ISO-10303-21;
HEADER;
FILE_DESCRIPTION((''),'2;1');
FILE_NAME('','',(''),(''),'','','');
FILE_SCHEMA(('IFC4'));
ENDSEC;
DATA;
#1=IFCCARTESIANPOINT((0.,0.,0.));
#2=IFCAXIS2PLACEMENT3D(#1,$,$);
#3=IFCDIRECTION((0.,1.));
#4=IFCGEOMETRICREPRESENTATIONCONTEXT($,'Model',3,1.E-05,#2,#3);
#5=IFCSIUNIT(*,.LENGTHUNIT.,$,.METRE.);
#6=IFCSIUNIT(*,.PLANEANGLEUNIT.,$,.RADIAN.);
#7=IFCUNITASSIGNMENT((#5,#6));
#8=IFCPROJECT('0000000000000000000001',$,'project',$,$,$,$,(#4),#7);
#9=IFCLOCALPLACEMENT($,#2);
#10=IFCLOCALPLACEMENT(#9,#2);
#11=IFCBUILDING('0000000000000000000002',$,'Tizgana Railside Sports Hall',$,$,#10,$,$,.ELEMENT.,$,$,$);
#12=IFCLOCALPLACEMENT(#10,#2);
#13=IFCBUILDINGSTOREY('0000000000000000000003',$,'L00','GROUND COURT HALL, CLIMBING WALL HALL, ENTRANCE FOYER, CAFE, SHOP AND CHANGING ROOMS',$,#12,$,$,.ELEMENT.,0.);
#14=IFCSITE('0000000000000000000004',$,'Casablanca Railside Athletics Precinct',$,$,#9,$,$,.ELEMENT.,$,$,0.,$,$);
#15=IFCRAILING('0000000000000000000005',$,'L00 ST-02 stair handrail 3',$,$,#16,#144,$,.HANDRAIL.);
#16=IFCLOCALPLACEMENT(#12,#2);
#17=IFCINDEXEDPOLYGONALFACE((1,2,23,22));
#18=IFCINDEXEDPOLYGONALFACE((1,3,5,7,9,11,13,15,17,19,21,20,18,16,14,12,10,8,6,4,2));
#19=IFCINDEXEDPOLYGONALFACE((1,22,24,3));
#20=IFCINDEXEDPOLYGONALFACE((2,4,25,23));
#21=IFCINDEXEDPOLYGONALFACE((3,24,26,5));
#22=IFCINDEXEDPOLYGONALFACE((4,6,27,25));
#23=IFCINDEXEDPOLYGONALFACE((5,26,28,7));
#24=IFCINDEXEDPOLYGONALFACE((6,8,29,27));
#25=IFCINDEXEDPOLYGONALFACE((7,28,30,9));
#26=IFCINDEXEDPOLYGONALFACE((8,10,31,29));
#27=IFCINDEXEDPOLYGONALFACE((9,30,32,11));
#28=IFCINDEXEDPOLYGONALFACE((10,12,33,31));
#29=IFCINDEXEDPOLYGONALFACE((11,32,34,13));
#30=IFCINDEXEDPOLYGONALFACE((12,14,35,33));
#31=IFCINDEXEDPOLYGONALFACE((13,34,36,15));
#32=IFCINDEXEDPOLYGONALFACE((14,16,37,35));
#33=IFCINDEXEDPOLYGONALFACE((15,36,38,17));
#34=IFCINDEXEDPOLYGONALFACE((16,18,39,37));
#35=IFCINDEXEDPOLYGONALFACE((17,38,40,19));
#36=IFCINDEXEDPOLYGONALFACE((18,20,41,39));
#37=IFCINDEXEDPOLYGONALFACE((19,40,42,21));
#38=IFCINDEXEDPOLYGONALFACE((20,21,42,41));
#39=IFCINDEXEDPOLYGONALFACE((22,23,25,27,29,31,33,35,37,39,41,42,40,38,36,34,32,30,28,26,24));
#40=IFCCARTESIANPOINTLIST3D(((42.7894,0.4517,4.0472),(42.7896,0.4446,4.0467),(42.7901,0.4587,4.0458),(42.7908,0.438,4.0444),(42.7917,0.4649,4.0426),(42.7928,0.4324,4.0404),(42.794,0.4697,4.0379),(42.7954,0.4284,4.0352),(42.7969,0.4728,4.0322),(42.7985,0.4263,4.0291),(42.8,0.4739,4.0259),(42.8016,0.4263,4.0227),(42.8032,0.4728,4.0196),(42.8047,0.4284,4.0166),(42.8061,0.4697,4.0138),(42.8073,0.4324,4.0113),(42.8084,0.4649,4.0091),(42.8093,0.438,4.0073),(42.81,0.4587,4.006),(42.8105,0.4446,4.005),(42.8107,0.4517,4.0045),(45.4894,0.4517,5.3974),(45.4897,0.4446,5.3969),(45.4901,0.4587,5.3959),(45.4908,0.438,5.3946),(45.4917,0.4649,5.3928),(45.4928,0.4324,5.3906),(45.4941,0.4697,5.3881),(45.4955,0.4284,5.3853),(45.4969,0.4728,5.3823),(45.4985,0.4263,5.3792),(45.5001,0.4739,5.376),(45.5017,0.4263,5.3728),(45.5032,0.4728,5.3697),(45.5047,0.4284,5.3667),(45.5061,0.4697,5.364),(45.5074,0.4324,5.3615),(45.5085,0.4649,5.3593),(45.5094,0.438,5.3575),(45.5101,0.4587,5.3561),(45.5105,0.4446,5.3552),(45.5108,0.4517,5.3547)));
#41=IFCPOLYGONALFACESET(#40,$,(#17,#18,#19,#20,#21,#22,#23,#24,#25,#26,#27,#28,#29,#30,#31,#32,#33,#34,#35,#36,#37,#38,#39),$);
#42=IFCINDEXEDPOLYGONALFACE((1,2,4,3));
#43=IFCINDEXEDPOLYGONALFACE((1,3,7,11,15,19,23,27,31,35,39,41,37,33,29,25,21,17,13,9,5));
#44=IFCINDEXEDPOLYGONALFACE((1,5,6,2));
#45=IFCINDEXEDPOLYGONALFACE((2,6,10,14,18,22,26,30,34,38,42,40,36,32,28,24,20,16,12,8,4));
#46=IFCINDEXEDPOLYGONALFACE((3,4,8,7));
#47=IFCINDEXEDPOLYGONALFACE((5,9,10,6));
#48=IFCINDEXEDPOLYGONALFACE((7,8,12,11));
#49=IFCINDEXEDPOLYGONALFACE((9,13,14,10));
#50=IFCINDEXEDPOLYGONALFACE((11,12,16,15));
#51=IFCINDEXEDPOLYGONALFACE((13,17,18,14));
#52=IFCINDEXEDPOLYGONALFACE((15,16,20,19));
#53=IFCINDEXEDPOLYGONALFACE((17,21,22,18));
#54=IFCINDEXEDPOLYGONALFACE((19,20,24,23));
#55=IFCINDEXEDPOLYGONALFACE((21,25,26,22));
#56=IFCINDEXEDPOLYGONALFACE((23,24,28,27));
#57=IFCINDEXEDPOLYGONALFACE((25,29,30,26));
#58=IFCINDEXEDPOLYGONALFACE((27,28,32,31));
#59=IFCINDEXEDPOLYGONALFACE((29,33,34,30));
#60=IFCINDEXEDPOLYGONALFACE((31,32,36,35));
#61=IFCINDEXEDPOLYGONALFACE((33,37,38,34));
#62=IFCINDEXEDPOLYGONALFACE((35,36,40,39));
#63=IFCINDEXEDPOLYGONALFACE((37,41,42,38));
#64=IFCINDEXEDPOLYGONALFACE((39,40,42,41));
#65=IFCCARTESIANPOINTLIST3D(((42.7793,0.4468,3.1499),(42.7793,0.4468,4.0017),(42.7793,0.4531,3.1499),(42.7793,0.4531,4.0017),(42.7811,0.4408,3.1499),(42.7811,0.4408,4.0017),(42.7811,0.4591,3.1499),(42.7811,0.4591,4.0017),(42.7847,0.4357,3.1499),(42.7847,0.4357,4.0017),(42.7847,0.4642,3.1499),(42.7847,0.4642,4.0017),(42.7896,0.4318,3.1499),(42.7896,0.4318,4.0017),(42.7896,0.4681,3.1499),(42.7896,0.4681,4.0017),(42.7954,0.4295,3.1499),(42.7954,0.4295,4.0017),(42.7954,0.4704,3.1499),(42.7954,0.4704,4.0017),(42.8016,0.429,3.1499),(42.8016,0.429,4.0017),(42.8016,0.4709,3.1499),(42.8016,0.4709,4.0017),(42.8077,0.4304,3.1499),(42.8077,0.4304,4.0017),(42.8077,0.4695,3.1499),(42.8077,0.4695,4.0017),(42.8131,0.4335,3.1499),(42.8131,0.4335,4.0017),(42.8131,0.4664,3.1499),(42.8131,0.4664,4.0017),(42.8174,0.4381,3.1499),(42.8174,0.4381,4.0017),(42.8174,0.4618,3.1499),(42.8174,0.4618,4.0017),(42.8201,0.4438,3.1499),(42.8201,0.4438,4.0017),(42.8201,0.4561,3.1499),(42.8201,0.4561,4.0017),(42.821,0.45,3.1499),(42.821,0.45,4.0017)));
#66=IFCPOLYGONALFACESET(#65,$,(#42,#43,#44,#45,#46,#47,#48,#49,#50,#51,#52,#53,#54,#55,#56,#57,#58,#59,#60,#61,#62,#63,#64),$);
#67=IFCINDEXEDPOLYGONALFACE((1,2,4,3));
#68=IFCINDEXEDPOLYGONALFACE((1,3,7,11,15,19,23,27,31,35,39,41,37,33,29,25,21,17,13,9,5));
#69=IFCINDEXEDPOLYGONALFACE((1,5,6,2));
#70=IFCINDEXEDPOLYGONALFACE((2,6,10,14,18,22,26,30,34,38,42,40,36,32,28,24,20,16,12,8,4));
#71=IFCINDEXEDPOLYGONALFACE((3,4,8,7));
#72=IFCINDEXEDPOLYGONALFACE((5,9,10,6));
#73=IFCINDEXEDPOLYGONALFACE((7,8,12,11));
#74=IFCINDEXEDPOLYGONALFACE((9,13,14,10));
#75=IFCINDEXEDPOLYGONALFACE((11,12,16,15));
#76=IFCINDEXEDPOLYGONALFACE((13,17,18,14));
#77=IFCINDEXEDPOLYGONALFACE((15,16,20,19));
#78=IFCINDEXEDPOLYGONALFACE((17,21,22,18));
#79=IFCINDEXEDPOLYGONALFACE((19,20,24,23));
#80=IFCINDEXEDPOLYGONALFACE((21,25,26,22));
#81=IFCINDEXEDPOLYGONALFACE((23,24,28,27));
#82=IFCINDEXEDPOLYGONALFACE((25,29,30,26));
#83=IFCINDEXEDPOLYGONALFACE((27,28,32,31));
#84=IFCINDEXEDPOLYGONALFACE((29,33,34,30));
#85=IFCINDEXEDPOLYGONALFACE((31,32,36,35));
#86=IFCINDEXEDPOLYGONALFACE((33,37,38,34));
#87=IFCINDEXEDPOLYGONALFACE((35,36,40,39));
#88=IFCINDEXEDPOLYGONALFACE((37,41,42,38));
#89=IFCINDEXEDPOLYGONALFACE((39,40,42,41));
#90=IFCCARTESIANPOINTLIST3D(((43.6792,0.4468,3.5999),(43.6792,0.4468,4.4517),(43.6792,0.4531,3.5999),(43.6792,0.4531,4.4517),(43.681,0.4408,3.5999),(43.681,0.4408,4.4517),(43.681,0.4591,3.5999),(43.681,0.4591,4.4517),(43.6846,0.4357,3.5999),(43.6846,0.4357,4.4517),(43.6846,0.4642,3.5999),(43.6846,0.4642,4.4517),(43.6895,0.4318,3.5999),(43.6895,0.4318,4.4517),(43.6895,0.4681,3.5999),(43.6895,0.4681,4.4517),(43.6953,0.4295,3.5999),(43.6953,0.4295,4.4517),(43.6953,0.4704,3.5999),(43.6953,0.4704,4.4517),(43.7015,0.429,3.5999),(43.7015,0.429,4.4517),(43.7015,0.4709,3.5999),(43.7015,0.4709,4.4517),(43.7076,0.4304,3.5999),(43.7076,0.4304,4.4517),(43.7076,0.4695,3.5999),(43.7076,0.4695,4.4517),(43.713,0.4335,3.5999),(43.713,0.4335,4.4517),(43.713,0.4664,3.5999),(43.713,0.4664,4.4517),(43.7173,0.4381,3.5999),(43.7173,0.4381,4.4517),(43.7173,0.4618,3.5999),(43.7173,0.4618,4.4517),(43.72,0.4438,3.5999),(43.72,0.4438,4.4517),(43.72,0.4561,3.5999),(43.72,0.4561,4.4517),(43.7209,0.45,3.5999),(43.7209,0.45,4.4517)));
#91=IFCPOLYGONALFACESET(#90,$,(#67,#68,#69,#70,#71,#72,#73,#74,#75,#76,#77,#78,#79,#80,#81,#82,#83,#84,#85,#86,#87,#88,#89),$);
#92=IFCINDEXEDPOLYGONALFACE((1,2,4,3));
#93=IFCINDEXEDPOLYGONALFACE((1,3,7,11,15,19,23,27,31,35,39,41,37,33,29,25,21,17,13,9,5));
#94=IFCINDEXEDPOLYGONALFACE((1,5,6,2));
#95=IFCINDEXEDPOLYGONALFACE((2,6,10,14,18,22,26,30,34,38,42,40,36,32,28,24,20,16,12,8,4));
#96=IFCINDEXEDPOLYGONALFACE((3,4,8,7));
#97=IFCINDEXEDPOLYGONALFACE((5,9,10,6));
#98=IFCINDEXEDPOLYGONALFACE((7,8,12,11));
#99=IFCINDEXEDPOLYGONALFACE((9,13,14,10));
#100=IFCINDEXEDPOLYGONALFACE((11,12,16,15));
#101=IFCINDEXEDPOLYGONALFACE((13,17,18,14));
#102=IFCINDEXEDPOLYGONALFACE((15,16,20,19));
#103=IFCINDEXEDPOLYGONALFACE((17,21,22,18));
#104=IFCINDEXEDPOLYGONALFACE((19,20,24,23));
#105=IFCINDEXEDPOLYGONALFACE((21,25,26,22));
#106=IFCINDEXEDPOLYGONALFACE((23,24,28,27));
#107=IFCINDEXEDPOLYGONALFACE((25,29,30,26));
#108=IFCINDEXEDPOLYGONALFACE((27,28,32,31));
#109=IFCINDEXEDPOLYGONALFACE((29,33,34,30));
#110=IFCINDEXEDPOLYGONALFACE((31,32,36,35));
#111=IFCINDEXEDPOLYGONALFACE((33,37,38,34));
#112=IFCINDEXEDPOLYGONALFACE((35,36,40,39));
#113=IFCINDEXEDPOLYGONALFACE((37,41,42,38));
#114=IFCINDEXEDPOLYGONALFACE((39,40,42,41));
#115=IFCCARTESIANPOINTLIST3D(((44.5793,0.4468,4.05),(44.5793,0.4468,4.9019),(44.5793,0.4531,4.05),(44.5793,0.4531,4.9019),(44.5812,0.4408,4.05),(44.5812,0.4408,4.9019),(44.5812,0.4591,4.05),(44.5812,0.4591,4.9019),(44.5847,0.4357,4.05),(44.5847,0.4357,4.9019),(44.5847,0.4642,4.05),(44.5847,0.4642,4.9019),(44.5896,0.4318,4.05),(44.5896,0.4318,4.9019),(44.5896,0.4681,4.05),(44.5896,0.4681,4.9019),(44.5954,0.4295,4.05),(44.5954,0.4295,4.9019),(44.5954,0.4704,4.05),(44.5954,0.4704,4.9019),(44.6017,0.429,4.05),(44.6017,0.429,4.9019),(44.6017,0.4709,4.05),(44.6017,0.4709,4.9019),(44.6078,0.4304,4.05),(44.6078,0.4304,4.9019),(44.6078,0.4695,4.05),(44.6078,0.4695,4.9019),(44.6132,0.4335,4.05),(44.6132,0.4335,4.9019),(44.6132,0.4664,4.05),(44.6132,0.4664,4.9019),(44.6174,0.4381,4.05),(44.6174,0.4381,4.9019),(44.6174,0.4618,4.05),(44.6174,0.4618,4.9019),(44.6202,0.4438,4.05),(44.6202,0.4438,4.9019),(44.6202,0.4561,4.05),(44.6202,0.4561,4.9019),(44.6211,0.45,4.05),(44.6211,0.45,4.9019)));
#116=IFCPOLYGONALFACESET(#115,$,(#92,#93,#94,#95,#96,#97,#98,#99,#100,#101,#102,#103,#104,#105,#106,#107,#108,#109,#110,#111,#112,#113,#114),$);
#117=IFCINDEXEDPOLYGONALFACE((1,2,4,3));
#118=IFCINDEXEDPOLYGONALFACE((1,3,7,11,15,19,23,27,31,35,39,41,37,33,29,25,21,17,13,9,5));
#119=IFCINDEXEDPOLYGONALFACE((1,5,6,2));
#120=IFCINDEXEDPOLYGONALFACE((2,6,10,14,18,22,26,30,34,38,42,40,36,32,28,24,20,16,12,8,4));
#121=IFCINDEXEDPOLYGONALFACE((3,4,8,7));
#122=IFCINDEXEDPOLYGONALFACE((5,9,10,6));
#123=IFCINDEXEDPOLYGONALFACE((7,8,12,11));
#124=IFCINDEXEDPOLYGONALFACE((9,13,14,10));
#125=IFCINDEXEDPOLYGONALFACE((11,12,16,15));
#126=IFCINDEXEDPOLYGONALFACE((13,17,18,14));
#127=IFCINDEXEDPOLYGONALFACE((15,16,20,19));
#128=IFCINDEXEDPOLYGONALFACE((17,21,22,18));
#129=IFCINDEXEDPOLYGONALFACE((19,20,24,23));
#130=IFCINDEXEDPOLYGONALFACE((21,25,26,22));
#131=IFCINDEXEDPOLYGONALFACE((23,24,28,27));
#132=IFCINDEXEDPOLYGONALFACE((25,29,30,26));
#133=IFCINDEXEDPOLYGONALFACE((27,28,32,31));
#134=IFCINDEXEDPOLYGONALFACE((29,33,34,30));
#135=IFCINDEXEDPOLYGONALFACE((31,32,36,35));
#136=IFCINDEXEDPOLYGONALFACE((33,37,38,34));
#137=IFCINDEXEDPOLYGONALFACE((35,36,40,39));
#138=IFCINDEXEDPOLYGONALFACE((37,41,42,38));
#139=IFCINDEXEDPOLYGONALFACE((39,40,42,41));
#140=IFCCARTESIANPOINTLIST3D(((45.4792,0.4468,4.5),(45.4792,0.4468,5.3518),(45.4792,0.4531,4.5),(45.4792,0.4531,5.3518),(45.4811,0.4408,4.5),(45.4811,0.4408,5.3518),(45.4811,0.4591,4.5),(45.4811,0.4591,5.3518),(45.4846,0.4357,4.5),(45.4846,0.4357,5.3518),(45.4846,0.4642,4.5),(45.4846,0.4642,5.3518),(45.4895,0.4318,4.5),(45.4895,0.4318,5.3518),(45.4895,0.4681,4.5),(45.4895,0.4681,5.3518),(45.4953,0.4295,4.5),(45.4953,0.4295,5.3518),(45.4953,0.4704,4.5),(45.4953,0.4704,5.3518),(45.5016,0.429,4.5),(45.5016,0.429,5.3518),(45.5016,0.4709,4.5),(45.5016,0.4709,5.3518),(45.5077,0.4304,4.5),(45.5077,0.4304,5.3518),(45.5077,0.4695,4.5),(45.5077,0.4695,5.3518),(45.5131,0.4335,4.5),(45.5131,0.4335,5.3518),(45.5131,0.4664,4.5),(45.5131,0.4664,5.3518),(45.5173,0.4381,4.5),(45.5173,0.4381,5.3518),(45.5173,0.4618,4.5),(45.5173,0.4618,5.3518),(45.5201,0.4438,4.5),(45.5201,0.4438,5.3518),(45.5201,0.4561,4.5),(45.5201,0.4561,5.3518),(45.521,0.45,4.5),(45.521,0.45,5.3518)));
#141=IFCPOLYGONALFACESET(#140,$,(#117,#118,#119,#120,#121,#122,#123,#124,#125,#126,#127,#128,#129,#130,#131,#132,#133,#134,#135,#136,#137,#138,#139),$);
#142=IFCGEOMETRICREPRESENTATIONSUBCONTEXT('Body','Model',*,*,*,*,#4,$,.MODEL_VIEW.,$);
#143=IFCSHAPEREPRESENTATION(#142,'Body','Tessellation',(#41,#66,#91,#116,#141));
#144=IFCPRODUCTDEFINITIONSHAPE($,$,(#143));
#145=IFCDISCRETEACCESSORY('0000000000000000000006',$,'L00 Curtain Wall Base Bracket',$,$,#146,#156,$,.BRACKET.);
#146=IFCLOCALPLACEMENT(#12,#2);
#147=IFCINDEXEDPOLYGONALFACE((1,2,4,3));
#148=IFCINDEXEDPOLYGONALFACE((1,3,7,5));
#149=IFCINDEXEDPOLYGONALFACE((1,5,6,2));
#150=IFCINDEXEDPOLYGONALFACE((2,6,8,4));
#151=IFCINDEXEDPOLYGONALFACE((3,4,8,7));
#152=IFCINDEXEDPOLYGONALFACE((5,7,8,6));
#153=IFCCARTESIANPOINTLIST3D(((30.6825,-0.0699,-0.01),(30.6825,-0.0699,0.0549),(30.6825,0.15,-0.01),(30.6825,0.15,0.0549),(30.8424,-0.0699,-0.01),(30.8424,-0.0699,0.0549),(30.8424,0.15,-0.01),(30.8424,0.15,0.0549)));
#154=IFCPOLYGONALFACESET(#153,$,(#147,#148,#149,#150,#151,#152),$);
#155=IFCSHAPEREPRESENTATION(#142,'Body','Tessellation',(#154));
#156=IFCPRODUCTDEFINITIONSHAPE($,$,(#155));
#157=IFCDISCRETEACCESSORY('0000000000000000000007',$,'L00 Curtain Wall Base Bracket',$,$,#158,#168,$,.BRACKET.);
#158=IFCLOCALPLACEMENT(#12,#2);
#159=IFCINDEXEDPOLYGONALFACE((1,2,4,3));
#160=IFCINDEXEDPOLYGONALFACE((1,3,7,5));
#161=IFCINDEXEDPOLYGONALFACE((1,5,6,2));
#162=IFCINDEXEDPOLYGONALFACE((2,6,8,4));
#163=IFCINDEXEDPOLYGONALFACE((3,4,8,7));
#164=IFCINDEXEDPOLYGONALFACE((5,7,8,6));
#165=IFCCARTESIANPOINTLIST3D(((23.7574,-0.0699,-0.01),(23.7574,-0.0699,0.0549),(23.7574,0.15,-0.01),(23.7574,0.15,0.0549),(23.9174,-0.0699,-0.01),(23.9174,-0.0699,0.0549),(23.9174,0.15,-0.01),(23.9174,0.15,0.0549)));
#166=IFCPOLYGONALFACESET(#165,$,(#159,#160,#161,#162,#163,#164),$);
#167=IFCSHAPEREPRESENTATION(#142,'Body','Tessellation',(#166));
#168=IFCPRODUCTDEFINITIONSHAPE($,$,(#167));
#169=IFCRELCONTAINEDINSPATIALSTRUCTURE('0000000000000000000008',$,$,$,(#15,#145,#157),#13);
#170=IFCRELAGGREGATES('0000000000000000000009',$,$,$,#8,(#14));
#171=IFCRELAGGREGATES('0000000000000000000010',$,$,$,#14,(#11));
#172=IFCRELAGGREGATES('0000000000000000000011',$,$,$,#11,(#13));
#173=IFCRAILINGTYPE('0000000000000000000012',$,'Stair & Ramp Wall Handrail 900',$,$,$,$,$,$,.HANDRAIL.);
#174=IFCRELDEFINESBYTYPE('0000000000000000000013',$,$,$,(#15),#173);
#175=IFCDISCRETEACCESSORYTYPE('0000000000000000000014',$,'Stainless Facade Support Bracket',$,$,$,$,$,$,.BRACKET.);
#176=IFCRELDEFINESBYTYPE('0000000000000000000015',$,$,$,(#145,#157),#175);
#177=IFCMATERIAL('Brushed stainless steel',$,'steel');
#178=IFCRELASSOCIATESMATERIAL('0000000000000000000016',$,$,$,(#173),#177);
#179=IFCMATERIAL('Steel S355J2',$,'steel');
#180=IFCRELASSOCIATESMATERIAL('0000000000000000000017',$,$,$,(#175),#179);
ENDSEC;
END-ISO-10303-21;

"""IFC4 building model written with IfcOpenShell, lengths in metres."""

from ifc_helpers import new_model, si_unit, direction, frame, origin, origin_2d, place, context, subcontext, project, spatial, rectangle, circle, extrude, material, type_object, element, save


model = new_model("IFC4")

# Units and contexts
model_context = context("Model", 3, precision=1e-05, world=origin(), true_north=direction((0.0, 1.0)))
body_context = subcontext(model_context, "Body", "Model", "MODEL_VIEW")
ifc_project = project(units=[si_unit("LENGTHUNIT", "METRE"), si_unit("PLANEANGLEUNIT", "RADIAN")], contexts=[model_context])

# Site, building, storey
site_placement = place(None, origin())
site = spatial("IfcSite", under=ifc_project, at=site_placement, Name="Casablanca Railside Athletics Precinct", CompositionType="ELEMENT", RefElevation=0.0)
building_placement = place(site_placement, origin())
building = spatial("IfcBuilding", under=site, at=building_placement, Name="Tizgana Railside Sports Hall", CompositionType="ELEMENT")
storey_placement = place(building_placement, origin())
storey = spatial("IfcBuildingStorey", under=building, at=storey_placement, Name="L00", Description="GROUND COURT HALL, CLIMBING WALL HALL, ENTRANCE FOYER, CAFE, SHOP AND CHANGING ROOMS", CompositionType="ELEMENT", Elevation=0.0)

# Shared definitions
ifc_material_1 = material(Name="Steel S355J2", Category="steel")

# Railing
ifc_material_2 = material(Name="Brushed stainless steel", Category="steel")
railing_type_1 = type_object("IfcRailingType", Name="Stair & Ramp Wall Handrail 900", PredefinedType="HANDRAIL", material=ifc_material_2)
for number, where, name in (
    (1, (42.8, 0.45, 3.1499), "L00 ST-02 stair handrail 3"),
):
    element("IfcRailing", number, at=place(storey_placement, frame(where)), inside=storey, type_object=railing_type_1, Name=name, PredefinedType="HANDRAIL", context=body_context, shape_type="SweptSolid", body=[
        extrude(circle(Radius=0.0239, at=origin_2d()), frame((0.0, 0.0, 0.876), z_axis=(0.894411, 0.0, 0.447246), x_axis=(0.0, 1.0, 0.0)), (0.0, 0.0, 1.0), 3.0188),
        extrude(circle(Radius=0.021, at=origin_2d()), origin(), (0.0, 0.0, 1.0), 0.8518),
        extrude(circle(Radius=0.021, at=origin_2d()), frame((0.8999, 0.0, 0.45)), (0.0, 0.0, 1.0), 0.8518),
        extrude(circle(Radius=0.021, at=origin_2d()), frame((1.8, 0.0, 0.9001)), (0.0, 0.0, 1.0), 0.8518),
        extrude(circle(Radius=0.021, at=origin_2d()), frame((2.7, 0.0, 1.3501)), (0.0, 0.0, 1.0), 0.8518),
    ])

# Discrete accessories
discrete_accessory_type = type_object("IfcDiscreteAccessoryType", Name="Stainless Facade Support Bracket", PredefinedType="BRACKET", material=ifc_material_1)
for number, where, z_axis, x_axis, name in (
    (2, (30.7625, 0.04, -0.01), (0.0, 0.0, 1.0), (-1.0, 0.0, 0.0), "L00 Curtain Wall Base Bracket"),
    (3, (23.8374, 0.04, -0.01), (0.0, 0.0, 1.0), (-1.0, 0.0, 0.0), "L00 Curtain Wall Base Bracket"),
):
    element("IfcDiscreteAccessory", number, at=place(storey_placement, frame(where, z_axis=z_axis, x_axis=x_axis)), inside=storey, type_object=discrete_accessory_type, Name=name, PredefinedType="BRACKET", context=body_context, shape_type="SweptSolid", body=[
        extrude(rectangle(XDim=0.1599, YDim=0.22, at=origin_2d()), origin(), (0.0, 0.0, 1.0), 0.0649),
    ])

save(model, "model.ifc")
